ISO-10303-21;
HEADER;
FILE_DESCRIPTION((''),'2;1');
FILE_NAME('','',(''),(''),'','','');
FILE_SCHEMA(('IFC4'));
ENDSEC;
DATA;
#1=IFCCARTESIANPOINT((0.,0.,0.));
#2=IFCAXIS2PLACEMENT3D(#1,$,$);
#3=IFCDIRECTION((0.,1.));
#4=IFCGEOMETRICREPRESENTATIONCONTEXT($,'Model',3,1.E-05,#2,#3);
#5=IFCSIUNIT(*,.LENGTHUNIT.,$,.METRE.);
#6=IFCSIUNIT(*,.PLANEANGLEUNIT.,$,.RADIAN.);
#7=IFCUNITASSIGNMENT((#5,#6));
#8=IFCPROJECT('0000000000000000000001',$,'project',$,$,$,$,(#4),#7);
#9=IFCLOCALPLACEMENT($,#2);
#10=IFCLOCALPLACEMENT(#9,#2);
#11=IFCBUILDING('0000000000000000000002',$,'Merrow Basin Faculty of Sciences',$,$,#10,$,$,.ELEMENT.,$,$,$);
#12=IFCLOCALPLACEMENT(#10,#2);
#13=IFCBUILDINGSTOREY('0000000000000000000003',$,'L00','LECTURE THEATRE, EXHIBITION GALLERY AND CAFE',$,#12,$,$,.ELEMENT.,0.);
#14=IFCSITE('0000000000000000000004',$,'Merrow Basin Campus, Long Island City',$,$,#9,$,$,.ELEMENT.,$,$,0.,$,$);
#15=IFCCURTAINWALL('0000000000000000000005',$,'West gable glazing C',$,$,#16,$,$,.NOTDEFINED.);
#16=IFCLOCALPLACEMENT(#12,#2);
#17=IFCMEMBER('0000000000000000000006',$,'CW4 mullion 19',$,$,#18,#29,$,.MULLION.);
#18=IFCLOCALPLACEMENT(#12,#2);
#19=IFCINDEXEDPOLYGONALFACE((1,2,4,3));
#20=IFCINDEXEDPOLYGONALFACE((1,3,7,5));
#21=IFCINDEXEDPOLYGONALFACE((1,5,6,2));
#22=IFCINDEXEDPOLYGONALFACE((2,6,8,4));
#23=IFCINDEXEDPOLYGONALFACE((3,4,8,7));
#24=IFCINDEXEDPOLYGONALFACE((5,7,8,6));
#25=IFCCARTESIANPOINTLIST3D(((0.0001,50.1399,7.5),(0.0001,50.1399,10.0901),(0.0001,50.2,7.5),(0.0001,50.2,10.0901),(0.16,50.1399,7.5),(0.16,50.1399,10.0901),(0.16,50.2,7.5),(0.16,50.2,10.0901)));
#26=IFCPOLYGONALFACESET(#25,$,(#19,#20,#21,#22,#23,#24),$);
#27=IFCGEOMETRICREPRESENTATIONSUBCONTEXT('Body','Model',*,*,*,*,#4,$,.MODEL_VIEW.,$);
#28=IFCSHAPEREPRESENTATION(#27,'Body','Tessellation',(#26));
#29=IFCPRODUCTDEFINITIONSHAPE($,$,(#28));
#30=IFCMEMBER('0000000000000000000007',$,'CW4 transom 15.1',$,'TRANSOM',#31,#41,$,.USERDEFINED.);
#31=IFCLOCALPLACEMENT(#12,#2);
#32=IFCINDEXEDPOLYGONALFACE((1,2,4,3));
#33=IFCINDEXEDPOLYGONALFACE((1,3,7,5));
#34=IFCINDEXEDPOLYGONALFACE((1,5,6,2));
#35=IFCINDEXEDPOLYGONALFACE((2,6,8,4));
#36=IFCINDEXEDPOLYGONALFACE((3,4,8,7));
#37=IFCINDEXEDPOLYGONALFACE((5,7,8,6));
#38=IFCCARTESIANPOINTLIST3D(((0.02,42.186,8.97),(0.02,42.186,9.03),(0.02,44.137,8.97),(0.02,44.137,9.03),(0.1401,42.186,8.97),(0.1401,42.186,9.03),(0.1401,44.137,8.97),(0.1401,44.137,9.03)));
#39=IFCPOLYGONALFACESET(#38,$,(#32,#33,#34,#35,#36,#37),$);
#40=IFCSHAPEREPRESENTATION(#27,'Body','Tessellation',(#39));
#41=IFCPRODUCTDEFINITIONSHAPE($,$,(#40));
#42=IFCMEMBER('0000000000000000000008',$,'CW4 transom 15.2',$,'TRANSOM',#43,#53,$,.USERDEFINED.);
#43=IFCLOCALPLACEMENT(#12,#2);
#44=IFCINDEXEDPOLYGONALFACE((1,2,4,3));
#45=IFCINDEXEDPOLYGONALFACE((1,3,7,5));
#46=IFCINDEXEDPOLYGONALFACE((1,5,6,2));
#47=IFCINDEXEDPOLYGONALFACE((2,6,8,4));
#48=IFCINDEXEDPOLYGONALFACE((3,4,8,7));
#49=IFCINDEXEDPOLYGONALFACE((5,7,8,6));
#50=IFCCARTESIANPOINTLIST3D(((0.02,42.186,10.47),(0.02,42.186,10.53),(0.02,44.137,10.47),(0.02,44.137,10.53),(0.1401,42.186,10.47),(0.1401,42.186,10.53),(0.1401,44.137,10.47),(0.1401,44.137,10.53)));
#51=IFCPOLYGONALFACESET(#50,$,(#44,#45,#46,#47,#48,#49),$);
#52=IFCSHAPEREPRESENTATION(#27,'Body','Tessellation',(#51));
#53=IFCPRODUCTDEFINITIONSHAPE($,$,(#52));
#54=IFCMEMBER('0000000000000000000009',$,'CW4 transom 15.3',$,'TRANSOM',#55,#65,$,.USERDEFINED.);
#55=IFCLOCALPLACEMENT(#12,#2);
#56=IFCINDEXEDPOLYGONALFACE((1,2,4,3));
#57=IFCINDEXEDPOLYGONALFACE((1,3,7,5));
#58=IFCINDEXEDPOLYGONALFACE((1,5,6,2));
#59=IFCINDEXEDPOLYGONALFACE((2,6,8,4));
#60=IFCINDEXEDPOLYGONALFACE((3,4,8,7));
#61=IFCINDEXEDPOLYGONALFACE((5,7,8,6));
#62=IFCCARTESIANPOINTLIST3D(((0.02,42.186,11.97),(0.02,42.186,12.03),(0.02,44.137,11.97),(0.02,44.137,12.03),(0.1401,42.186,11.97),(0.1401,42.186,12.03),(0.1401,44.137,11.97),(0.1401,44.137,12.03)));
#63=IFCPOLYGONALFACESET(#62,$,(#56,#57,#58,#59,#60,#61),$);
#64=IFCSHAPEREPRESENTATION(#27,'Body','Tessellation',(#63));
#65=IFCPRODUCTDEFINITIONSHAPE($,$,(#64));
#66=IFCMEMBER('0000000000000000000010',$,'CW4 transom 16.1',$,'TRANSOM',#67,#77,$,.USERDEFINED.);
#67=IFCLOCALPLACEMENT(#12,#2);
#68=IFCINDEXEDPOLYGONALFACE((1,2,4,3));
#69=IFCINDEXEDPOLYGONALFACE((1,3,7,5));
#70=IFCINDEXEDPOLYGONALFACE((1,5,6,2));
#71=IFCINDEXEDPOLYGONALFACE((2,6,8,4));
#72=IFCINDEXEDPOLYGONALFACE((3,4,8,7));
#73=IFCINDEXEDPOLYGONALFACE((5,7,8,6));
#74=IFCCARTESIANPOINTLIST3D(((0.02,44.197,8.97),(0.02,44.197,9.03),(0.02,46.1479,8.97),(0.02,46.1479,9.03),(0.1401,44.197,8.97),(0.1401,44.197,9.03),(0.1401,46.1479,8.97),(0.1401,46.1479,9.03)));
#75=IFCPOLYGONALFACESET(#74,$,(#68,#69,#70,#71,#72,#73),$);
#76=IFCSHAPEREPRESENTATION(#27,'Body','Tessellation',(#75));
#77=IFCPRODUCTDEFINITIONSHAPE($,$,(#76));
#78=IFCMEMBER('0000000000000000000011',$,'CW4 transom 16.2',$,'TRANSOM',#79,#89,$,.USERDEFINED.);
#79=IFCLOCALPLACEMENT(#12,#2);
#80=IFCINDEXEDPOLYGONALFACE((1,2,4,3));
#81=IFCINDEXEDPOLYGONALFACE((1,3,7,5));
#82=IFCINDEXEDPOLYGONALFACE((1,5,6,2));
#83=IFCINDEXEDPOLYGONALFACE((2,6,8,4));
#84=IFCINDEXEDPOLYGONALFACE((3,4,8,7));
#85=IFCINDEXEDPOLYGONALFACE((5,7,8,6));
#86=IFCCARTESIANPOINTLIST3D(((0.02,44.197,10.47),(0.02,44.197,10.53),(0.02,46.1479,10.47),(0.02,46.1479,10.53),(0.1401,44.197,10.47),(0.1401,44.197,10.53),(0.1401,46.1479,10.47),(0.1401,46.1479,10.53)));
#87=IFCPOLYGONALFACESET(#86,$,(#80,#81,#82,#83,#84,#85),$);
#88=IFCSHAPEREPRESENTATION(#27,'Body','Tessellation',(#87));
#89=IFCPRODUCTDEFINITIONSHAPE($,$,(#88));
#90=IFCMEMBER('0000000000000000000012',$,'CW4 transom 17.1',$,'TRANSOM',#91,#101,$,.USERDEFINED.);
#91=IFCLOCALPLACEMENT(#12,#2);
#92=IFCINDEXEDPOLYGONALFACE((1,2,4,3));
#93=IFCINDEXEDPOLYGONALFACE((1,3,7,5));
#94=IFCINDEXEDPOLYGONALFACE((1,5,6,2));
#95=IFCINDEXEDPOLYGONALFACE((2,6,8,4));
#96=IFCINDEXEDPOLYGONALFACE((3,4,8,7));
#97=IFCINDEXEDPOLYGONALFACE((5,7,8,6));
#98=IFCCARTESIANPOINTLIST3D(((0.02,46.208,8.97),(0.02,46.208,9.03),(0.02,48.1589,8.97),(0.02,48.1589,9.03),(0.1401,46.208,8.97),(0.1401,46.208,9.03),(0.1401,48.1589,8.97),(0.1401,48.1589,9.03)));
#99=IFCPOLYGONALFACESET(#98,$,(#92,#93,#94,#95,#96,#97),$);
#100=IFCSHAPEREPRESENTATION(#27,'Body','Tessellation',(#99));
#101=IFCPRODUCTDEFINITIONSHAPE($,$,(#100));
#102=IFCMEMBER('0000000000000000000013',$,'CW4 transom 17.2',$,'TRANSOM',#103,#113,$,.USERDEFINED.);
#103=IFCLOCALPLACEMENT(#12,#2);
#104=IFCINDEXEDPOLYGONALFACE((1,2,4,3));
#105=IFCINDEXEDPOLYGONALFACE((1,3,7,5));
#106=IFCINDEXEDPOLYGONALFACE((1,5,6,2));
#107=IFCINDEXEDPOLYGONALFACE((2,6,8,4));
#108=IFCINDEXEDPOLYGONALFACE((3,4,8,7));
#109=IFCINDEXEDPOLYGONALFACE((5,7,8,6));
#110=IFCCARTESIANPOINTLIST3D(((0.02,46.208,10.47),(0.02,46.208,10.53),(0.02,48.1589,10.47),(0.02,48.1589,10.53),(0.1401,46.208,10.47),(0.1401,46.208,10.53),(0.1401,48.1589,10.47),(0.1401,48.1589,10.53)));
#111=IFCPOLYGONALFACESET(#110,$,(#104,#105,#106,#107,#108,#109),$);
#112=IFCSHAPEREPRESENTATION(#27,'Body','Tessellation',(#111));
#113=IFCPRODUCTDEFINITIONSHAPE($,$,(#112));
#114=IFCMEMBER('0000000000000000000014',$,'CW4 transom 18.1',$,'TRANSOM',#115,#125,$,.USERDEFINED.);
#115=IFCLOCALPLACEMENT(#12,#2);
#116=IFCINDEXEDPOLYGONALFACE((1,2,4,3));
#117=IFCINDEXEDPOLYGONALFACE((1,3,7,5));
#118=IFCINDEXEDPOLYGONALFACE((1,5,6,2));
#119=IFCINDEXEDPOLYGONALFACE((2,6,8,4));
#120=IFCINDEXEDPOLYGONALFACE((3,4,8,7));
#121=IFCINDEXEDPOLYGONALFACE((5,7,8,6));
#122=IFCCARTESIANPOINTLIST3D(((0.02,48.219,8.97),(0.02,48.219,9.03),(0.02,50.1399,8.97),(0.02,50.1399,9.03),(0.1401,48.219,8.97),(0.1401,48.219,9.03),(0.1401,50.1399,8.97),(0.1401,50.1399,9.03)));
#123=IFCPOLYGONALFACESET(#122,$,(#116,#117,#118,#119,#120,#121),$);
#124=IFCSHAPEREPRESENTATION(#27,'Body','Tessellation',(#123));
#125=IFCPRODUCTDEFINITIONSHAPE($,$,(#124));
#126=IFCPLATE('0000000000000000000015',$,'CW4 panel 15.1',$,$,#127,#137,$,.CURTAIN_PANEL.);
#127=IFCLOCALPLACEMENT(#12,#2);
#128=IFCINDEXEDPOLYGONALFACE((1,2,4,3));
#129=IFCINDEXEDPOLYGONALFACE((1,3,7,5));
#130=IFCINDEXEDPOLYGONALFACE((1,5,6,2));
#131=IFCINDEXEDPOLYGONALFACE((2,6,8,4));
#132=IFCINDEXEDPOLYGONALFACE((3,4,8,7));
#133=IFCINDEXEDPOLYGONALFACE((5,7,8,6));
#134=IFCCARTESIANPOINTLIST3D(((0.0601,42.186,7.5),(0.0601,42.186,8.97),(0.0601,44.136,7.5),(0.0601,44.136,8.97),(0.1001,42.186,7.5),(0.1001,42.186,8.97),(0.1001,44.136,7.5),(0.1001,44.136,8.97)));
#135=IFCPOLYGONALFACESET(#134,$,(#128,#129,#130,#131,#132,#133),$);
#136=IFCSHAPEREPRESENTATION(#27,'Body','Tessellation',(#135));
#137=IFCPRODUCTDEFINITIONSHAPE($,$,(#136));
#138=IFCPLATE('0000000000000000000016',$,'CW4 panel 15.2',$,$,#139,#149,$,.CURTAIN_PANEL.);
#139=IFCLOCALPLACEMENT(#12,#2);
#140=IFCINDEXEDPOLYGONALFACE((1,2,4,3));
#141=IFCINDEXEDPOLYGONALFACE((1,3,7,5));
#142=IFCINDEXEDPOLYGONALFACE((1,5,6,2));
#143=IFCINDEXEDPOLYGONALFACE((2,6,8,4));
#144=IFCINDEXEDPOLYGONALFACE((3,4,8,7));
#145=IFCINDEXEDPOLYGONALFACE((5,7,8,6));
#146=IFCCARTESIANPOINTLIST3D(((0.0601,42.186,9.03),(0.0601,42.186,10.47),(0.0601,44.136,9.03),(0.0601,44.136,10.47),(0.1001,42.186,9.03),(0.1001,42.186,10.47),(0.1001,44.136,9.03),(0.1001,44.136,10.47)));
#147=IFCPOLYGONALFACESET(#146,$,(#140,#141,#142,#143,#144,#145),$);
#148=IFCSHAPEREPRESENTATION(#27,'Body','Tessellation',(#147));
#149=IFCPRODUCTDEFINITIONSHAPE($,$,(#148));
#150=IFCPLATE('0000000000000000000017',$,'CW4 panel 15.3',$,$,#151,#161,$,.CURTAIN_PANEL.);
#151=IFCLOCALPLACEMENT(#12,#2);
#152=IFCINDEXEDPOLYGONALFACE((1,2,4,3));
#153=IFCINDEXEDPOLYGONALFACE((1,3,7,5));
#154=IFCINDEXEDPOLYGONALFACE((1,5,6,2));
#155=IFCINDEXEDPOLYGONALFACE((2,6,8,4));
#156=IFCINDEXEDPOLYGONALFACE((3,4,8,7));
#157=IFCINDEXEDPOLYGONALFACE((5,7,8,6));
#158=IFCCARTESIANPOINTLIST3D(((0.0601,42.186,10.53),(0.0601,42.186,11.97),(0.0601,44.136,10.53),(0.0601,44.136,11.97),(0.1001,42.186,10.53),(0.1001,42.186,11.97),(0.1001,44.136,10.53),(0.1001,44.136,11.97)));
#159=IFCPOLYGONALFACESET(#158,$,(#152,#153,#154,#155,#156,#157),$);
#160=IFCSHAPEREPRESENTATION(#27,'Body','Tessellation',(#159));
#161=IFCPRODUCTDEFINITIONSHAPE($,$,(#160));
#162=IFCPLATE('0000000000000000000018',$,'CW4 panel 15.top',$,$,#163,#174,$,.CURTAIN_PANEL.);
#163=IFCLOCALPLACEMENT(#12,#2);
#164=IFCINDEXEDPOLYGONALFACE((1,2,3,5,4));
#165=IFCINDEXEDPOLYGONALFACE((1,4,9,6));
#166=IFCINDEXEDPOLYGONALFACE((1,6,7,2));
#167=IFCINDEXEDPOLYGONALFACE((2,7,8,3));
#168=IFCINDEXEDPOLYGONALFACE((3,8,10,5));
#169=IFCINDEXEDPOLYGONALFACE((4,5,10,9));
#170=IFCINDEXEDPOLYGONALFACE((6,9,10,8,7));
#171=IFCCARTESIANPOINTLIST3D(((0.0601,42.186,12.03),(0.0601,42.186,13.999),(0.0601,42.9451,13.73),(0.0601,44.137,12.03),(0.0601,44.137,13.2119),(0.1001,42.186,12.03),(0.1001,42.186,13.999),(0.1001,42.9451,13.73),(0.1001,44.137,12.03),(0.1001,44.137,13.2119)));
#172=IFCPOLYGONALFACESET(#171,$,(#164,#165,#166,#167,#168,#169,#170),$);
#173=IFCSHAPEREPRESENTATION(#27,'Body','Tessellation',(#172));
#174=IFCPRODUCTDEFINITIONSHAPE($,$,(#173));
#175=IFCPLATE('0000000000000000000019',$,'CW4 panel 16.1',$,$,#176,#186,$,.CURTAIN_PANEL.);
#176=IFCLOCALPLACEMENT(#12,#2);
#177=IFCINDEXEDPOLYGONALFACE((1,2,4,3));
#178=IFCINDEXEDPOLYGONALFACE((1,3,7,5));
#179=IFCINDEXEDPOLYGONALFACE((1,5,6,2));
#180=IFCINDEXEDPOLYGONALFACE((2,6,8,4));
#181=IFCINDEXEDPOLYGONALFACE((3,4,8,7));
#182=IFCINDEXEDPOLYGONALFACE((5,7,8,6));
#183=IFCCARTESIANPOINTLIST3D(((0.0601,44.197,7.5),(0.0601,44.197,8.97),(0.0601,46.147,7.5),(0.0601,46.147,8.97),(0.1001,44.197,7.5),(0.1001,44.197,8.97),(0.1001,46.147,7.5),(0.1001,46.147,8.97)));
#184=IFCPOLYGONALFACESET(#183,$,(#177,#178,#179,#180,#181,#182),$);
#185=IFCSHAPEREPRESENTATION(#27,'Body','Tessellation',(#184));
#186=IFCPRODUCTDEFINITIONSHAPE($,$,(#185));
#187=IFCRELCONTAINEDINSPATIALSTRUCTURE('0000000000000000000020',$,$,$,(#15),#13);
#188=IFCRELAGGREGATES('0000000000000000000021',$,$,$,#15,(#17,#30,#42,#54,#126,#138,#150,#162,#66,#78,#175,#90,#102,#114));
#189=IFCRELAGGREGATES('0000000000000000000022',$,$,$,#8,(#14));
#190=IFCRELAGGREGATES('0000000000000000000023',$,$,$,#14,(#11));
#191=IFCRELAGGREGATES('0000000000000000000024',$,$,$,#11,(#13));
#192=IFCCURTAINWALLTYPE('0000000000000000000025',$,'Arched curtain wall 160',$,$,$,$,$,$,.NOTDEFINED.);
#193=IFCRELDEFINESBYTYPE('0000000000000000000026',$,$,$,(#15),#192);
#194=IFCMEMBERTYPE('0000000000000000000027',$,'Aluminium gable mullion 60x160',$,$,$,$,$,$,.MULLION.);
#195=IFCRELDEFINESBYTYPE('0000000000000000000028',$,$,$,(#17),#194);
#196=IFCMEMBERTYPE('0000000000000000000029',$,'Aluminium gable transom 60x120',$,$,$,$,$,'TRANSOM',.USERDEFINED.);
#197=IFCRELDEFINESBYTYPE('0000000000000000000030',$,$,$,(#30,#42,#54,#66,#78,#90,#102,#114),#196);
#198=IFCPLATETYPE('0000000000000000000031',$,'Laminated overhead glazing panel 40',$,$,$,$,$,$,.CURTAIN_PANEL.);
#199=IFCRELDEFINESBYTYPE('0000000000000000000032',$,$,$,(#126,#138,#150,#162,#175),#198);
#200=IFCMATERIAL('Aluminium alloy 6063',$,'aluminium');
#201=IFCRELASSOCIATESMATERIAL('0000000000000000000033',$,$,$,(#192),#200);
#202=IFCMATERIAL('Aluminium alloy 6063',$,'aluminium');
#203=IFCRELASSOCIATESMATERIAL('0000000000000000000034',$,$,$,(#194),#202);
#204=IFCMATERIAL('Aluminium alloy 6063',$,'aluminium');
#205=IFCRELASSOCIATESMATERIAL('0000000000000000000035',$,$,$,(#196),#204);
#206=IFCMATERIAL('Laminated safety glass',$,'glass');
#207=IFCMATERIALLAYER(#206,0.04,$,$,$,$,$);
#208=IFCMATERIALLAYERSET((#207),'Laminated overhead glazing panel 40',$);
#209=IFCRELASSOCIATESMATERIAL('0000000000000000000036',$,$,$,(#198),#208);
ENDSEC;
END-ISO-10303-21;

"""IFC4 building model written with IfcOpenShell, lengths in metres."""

from ifc_helpers import new_model, si_unit, direction, frame, origin, origin_2d, place, context, subcontext, project, spatial, polyline, rectangle, outline, extrude, material, layer, layer_set, material_profile, profile_set, type_object, element, aggregate, save


model = new_model("IFC4")

# Units and contexts
model_context = context("Model", 3, precision=1e-05, world=origin(), true_north=direction((0.0, 1.0)))
body_context = subcontext(model_context, "Body", "Model", "MODEL_VIEW")
ifc_project = project(units=[si_unit("LENGTHUNIT", "METRE"), si_unit("PLANEANGLEUNIT", "RADIAN")], contexts=[model_context])

# Site, building, storey
site_placement = place(None, origin())
site = spatial("IfcSite", under=ifc_project, at=site_placement, Name="Merrow Basin Campus, Long Island City", CompositionType="ELEMENT", RefElevation=0.0)
building_placement = place(site_placement, origin())
building = spatial("IfcBuilding", under=site, at=building_placement, Name="Merrow Basin Faculty of Sciences", CompositionType="ELEMENT")
storey_placement = place(building_placement, origin())
storey = spatial("IfcBuildingStorey", under=building, at=storey_placement, Name="L00", Description="LECTURE THEATRE, EXHIBITION GALLERY AND CAFE", CompositionType="ELEMENT", Elevation=0.0)

# Curtain wall, members, plates
ifc_material_1 = material(Name="Aluminium alloy 6063", Category="aluminium")
curtain_wall_type = type_object("IfcCurtainWallType", Name="Arched curtain wall 160", PredefinedType="NOTDEFINED", material=ifc_material_1)
curtain_wall_placement = place(storey_placement, origin())
curtain_wall = element("IfcCurtainWall", 1, at=curtain_wall_placement, inside=storey, type_object=curtain_wall_type, Name="West gable glazing C", PredefinedType="NOTDEFINED")
ifc_material_2 = material(Name="Aluminium alloy 6063", Category="aluminium")
ifc_material_profile_1 = material_profile(ifc_material_2, rectangle(XDim=0.1599, YDim=0.0601, at=origin_2d()))
ifc_profile_set_1 = profile_set([ifc_material_profile_1], Name="Aluminium alloy 6063")
member_type_1 = type_object("IfcMemberType", Name="Aluminium gable mullion 60x160", PredefinedType="MULLION", material=ifc_profile_set_1)
member_1_placement = place(storey_placement, frame((0.0801, 50.1699, 7.5), z_axis=(0.0, 0.0, 1.0), x_axis=(1.0, 0.0, 0.0)))
member_1 = element("IfcMember", 2, at=member_1_placement, type_object=member_type_1, Name="CW4 mullion 19", PredefinedType="MULLION", context=body_context, shape_type="SweptSolid", body=[
    extrude(rectangle(XDim=0.1599, YDim=0.0601, at=origin_2d()), origin(), (0.0, 0.0, 1.0), 2.5901),
])
ifc_material_3 = material(Name="Aluminium alloy 6063", Category="aluminium")
ifc_material_profile_2 = material_profile(ifc_material_3, rectangle(XDim=0.1201, YDim=0.0601, at=origin_2d()))
ifc_profile_set_2 = profile_set([ifc_material_profile_2], Name="Aluminium alloy 6063")
member_type_2 = type_object("IfcMemberType", Name="Aluminium gable transom 60x120", ElementType="TRANSOM", PredefinedType="USERDEFINED", material=ifc_profile_set_2)
member_2_placement = place(storey_placement, frame((0.0801, 42.186, 9.0), z_axis=(0.0, 1.0, 0.0), x_axis=(-1.0, 0.0, 0.0)))
member_2 = element("IfcMember", 3, at=member_2_placement, type_object=member_type_2, Name="CW4 transom 15.1", ObjectType="TRANSOM", PredefinedType="USERDEFINED", context=body_context, shape_type="SweptSolid", body=[
    extrude(rectangle(XDim=0.1201, YDim=0.0601, at=origin_2d()), origin(), (0.0, 0.0, 1.0), 1.9509),
])
member_3_placement = place(storey_placement, frame((0.0801, 42.186, 10.5), z_axis=(0.0, 1.0, 0.0), x_axis=(-1.0, 0.0, 0.0)))
member_3 = element("IfcMember", 4, at=member_3_placement, type_object=member_type_2, Name="CW4 transom 15.2", ObjectType="TRANSOM", PredefinedType="USERDEFINED", context=body_context, shape_type="SweptSolid", body=[
    extrude(rectangle(XDim=0.1201, YDim=0.0601, at=origin_2d()), origin(), (0.0, 0.0, 1.0), 1.9509),
])
member_4_placement = place(storey_placement, frame((0.0801, 42.186, 12.0), z_axis=(0.0, 1.0, 0.0), x_axis=(-1.0, 0.0, 0.0)))
member_4 = element("IfcMember", 5, at=member_4_placement, type_object=member_type_2, Name="CW4 transom 15.3", ObjectType="TRANSOM", PredefinedType="USERDEFINED", context=body_context, shape_type="SweptSolid", body=[
    extrude(rectangle(XDim=0.1201, YDim=0.0601, at=origin_2d()), origin(), (0.0, 0.0, 1.0), 1.9509),
])
member_5_placement = place(storey_placement, frame((0.0801, 44.197, 9.0), z_axis=(0.0, 1.0, 0.0), x_axis=(-1.0, 0.0, 0.0)))
member_5 = element("IfcMember", 6, at=member_5_placement, type_object=member_type_2, Name="CW4 transom 16.1", ObjectType="TRANSOM", PredefinedType="USERDEFINED", context=body_context, shape_type="SweptSolid", body=[
    extrude(rectangle(XDim=0.1201, YDim=0.0601, at=origin_2d()), origin(), (0.0, 0.0, 1.0), 1.9509),
])
member_6_placement = place(storey_placement, frame((0.0801, 44.197, 10.5), z_axis=(0.0, 1.0, 0.0), x_axis=(-1.0, 0.0, 0.0)))
member_6 = element("IfcMember", 7, at=member_6_placement, type_object=member_type_2, Name="CW4 transom 16.2", ObjectType="TRANSOM", PredefinedType="USERDEFINED", context=body_context, shape_type="SweptSolid", body=[
    extrude(rectangle(XDim=0.1201, YDim=0.0601, at=origin_2d()), origin(), (0.0, 0.0, 1.0), 1.9509),
])
member_7_placement = place(storey_placement, frame((0.0801, 46.208, 9.0), z_axis=(0.0, 1.0, 0.0), x_axis=(-1.0, 0.0, 0.0)))
member_7 = element("IfcMember", 8, at=member_7_placement, type_object=member_type_2, Name="CW4 transom 17.1", ObjectType="TRANSOM", PredefinedType="USERDEFINED", context=body_context, shape_type="SweptSolid", body=[
    extrude(rectangle(XDim=0.1201, YDim=0.0601, at=origin_2d()), origin(), (0.0, 0.0, 1.0), 1.9509),
])
member_8_placement = place(storey_placement, frame((0.0801, 46.208, 10.5), z_axis=(0.0, 1.0, 0.0), x_axis=(-1.0, 0.0, 0.0)))
member_8 = element("IfcMember", 9, at=member_8_placement, type_object=member_type_2, Name="CW4 transom 17.2", ObjectType="TRANSOM", PredefinedType="USERDEFINED", context=body_context, shape_type="SweptSolid", body=[
    extrude(rectangle(XDim=0.1201, YDim=0.0601, at=origin_2d()), origin(), (0.0, 0.0, 1.0), 1.9509),
])
member_9_placement = place(storey_placement, frame((0.0801, 48.219, 9.0), z_axis=(0.0, 1.0, 0.0), x_axis=(-1.0, 0.0, 0.0)))
member_9 = element("IfcMember", 10, at=member_9_placement, type_object=member_type_2, Name="CW4 transom 18.1", ObjectType="TRANSOM", PredefinedType="USERDEFINED", context=body_context, shape_type="SweptSolid", body=[
    extrude(rectangle(XDim=0.1201, YDim=0.0601, at=origin_2d()), origin(), (0.0, 0.0, 1.0), 1.9209),
])
ifc_material_4 = material(Name="Laminated safety glass", Category="glass")
ifc_layer = layer(ifc_material_4, 0.04)
ifc_layer_set = layer_set([ifc_layer], Name="Laminated overhead glazing panel 40")
plate_type = type_object("IfcPlateType", Name="Laminated overhead glazing panel 40", PredefinedType="CURTAIN_PANEL", material=ifc_layer_set)
plate_1_placement = place(storey_placement, frame((0.0601, 42.186, 7.5), z_axis=(1.0, 0.0, 0.0), x_axis=(0.0, 1.0, 0.0)))
plate_1 = element("IfcPlate", 11, at=plate_1_placement, type_object=plate_type, Name="CW4 panel 15.1", PredefinedType="CURTAIN_PANEL", context=body_context, shape_type="SweptSolid", body=[
    extrude(outline(polyline([(0.0, 0.0), (1.95, 0.0), (1.95, 1.47), (0.0, 1.47), (0.0, 0.0)])), origin(), (0.0, 0.0, 1.0), 0.04),
])
plate_2_placement = place(storey_placement, frame((0.0601, 42.186, 9.03), z_axis=(1.0, 0.0, 0.0), x_axis=(0.0, 1.0, 0.0)))
plate_2 = element("IfcPlate", 12, at=plate_2_placement, type_object=plate_type, Name="CW4 panel 15.2", PredefinedType="CURTAIN_PANEL", context=body_context, shape_type="SweptSolid", body=[
    extrude(outline(polyline([(0.0, 0.0), (1.95, 0.0), (1.95, 1.4399), (0.0, 1.4399), (0.0, 0.0)])), origin(), (0.0, 0.0, 1.0), 0.04),
])
plate_3_placement = place(storey_placement, frame((0.0601, 42.186, 10.53), z_axis=(1.0, 0.0, 0.0), x_axis=(0.0, 1.0, 0.0)))
plate_3 = element("IfcPlate", 13, at=plate_3_placement, type_object=plate_type, Name="CW4 panel 15.3", PredefinedType="CURTAIN_PANEL", context=body_context, shape_type="SweptSolid", body=[
    extrude(outline(polyline([(0.0, 0.0), (1.95, 0.0), (1.95, 1.4399), (0.0, 1.4399), (0.0, 0.0)])), origin(), (0.0, 0.0, 1.0), 0.04),
])
plate_4_placement = place(storey_placement, frame((0.0601, 42.186, 12.03), z_axis=(1.0, 0.0, 0.0), x_axis=(0.0, 1.0, 0.0)))
plate_4 = element("IfcPlate", 14, at=plate_4_placement, type_object=plate_type, Name="CW4 panel 15.top", PredefinedType="CURTAIN_PANEL", context=body_context, shape_type="SweptSolid", body=[
    extrude(outline(polyline([(0.0, 0.0), (1.9509, 0.0), (1.9509, 1.1819), (0.759, 1.7), (0.0, 1.969), (0.0, 0.0)])), origin(), (0.0, 0.0, 1.0), 0.04),
])
plate_5_placement = place(storey_placement, frame((0.0601, 44.197, 7.5), z_axis=(1.0, 0.0, 0.0), x_axis=(0.0, 1.0, 0.0)))
plate_5 = element("IfcPlate", 15, at=plate_5_placement, type_object=plate_type, Name="CW4 panel 16.1", PredefinedType="CURTAIN_PANEL", context=body_context, shape_type="SweptSolid", body=[
    extrude(outline(polyline([(0.0, 0.0), (1.95, 0.0), (1.95, 1.47), (0.0, 1.47), (0.0, 0.0)])), origin(), (0.0, 0.0, 1.0), 0.04),
])
aggregate(curtain_wall, [member_1, member_2, member_3, member_4, plate_1, plate_2, plate_3, plate_4, member_5, member_6, plate_5, member_7, member_8, member_9])

save(model, "model.ifc")
